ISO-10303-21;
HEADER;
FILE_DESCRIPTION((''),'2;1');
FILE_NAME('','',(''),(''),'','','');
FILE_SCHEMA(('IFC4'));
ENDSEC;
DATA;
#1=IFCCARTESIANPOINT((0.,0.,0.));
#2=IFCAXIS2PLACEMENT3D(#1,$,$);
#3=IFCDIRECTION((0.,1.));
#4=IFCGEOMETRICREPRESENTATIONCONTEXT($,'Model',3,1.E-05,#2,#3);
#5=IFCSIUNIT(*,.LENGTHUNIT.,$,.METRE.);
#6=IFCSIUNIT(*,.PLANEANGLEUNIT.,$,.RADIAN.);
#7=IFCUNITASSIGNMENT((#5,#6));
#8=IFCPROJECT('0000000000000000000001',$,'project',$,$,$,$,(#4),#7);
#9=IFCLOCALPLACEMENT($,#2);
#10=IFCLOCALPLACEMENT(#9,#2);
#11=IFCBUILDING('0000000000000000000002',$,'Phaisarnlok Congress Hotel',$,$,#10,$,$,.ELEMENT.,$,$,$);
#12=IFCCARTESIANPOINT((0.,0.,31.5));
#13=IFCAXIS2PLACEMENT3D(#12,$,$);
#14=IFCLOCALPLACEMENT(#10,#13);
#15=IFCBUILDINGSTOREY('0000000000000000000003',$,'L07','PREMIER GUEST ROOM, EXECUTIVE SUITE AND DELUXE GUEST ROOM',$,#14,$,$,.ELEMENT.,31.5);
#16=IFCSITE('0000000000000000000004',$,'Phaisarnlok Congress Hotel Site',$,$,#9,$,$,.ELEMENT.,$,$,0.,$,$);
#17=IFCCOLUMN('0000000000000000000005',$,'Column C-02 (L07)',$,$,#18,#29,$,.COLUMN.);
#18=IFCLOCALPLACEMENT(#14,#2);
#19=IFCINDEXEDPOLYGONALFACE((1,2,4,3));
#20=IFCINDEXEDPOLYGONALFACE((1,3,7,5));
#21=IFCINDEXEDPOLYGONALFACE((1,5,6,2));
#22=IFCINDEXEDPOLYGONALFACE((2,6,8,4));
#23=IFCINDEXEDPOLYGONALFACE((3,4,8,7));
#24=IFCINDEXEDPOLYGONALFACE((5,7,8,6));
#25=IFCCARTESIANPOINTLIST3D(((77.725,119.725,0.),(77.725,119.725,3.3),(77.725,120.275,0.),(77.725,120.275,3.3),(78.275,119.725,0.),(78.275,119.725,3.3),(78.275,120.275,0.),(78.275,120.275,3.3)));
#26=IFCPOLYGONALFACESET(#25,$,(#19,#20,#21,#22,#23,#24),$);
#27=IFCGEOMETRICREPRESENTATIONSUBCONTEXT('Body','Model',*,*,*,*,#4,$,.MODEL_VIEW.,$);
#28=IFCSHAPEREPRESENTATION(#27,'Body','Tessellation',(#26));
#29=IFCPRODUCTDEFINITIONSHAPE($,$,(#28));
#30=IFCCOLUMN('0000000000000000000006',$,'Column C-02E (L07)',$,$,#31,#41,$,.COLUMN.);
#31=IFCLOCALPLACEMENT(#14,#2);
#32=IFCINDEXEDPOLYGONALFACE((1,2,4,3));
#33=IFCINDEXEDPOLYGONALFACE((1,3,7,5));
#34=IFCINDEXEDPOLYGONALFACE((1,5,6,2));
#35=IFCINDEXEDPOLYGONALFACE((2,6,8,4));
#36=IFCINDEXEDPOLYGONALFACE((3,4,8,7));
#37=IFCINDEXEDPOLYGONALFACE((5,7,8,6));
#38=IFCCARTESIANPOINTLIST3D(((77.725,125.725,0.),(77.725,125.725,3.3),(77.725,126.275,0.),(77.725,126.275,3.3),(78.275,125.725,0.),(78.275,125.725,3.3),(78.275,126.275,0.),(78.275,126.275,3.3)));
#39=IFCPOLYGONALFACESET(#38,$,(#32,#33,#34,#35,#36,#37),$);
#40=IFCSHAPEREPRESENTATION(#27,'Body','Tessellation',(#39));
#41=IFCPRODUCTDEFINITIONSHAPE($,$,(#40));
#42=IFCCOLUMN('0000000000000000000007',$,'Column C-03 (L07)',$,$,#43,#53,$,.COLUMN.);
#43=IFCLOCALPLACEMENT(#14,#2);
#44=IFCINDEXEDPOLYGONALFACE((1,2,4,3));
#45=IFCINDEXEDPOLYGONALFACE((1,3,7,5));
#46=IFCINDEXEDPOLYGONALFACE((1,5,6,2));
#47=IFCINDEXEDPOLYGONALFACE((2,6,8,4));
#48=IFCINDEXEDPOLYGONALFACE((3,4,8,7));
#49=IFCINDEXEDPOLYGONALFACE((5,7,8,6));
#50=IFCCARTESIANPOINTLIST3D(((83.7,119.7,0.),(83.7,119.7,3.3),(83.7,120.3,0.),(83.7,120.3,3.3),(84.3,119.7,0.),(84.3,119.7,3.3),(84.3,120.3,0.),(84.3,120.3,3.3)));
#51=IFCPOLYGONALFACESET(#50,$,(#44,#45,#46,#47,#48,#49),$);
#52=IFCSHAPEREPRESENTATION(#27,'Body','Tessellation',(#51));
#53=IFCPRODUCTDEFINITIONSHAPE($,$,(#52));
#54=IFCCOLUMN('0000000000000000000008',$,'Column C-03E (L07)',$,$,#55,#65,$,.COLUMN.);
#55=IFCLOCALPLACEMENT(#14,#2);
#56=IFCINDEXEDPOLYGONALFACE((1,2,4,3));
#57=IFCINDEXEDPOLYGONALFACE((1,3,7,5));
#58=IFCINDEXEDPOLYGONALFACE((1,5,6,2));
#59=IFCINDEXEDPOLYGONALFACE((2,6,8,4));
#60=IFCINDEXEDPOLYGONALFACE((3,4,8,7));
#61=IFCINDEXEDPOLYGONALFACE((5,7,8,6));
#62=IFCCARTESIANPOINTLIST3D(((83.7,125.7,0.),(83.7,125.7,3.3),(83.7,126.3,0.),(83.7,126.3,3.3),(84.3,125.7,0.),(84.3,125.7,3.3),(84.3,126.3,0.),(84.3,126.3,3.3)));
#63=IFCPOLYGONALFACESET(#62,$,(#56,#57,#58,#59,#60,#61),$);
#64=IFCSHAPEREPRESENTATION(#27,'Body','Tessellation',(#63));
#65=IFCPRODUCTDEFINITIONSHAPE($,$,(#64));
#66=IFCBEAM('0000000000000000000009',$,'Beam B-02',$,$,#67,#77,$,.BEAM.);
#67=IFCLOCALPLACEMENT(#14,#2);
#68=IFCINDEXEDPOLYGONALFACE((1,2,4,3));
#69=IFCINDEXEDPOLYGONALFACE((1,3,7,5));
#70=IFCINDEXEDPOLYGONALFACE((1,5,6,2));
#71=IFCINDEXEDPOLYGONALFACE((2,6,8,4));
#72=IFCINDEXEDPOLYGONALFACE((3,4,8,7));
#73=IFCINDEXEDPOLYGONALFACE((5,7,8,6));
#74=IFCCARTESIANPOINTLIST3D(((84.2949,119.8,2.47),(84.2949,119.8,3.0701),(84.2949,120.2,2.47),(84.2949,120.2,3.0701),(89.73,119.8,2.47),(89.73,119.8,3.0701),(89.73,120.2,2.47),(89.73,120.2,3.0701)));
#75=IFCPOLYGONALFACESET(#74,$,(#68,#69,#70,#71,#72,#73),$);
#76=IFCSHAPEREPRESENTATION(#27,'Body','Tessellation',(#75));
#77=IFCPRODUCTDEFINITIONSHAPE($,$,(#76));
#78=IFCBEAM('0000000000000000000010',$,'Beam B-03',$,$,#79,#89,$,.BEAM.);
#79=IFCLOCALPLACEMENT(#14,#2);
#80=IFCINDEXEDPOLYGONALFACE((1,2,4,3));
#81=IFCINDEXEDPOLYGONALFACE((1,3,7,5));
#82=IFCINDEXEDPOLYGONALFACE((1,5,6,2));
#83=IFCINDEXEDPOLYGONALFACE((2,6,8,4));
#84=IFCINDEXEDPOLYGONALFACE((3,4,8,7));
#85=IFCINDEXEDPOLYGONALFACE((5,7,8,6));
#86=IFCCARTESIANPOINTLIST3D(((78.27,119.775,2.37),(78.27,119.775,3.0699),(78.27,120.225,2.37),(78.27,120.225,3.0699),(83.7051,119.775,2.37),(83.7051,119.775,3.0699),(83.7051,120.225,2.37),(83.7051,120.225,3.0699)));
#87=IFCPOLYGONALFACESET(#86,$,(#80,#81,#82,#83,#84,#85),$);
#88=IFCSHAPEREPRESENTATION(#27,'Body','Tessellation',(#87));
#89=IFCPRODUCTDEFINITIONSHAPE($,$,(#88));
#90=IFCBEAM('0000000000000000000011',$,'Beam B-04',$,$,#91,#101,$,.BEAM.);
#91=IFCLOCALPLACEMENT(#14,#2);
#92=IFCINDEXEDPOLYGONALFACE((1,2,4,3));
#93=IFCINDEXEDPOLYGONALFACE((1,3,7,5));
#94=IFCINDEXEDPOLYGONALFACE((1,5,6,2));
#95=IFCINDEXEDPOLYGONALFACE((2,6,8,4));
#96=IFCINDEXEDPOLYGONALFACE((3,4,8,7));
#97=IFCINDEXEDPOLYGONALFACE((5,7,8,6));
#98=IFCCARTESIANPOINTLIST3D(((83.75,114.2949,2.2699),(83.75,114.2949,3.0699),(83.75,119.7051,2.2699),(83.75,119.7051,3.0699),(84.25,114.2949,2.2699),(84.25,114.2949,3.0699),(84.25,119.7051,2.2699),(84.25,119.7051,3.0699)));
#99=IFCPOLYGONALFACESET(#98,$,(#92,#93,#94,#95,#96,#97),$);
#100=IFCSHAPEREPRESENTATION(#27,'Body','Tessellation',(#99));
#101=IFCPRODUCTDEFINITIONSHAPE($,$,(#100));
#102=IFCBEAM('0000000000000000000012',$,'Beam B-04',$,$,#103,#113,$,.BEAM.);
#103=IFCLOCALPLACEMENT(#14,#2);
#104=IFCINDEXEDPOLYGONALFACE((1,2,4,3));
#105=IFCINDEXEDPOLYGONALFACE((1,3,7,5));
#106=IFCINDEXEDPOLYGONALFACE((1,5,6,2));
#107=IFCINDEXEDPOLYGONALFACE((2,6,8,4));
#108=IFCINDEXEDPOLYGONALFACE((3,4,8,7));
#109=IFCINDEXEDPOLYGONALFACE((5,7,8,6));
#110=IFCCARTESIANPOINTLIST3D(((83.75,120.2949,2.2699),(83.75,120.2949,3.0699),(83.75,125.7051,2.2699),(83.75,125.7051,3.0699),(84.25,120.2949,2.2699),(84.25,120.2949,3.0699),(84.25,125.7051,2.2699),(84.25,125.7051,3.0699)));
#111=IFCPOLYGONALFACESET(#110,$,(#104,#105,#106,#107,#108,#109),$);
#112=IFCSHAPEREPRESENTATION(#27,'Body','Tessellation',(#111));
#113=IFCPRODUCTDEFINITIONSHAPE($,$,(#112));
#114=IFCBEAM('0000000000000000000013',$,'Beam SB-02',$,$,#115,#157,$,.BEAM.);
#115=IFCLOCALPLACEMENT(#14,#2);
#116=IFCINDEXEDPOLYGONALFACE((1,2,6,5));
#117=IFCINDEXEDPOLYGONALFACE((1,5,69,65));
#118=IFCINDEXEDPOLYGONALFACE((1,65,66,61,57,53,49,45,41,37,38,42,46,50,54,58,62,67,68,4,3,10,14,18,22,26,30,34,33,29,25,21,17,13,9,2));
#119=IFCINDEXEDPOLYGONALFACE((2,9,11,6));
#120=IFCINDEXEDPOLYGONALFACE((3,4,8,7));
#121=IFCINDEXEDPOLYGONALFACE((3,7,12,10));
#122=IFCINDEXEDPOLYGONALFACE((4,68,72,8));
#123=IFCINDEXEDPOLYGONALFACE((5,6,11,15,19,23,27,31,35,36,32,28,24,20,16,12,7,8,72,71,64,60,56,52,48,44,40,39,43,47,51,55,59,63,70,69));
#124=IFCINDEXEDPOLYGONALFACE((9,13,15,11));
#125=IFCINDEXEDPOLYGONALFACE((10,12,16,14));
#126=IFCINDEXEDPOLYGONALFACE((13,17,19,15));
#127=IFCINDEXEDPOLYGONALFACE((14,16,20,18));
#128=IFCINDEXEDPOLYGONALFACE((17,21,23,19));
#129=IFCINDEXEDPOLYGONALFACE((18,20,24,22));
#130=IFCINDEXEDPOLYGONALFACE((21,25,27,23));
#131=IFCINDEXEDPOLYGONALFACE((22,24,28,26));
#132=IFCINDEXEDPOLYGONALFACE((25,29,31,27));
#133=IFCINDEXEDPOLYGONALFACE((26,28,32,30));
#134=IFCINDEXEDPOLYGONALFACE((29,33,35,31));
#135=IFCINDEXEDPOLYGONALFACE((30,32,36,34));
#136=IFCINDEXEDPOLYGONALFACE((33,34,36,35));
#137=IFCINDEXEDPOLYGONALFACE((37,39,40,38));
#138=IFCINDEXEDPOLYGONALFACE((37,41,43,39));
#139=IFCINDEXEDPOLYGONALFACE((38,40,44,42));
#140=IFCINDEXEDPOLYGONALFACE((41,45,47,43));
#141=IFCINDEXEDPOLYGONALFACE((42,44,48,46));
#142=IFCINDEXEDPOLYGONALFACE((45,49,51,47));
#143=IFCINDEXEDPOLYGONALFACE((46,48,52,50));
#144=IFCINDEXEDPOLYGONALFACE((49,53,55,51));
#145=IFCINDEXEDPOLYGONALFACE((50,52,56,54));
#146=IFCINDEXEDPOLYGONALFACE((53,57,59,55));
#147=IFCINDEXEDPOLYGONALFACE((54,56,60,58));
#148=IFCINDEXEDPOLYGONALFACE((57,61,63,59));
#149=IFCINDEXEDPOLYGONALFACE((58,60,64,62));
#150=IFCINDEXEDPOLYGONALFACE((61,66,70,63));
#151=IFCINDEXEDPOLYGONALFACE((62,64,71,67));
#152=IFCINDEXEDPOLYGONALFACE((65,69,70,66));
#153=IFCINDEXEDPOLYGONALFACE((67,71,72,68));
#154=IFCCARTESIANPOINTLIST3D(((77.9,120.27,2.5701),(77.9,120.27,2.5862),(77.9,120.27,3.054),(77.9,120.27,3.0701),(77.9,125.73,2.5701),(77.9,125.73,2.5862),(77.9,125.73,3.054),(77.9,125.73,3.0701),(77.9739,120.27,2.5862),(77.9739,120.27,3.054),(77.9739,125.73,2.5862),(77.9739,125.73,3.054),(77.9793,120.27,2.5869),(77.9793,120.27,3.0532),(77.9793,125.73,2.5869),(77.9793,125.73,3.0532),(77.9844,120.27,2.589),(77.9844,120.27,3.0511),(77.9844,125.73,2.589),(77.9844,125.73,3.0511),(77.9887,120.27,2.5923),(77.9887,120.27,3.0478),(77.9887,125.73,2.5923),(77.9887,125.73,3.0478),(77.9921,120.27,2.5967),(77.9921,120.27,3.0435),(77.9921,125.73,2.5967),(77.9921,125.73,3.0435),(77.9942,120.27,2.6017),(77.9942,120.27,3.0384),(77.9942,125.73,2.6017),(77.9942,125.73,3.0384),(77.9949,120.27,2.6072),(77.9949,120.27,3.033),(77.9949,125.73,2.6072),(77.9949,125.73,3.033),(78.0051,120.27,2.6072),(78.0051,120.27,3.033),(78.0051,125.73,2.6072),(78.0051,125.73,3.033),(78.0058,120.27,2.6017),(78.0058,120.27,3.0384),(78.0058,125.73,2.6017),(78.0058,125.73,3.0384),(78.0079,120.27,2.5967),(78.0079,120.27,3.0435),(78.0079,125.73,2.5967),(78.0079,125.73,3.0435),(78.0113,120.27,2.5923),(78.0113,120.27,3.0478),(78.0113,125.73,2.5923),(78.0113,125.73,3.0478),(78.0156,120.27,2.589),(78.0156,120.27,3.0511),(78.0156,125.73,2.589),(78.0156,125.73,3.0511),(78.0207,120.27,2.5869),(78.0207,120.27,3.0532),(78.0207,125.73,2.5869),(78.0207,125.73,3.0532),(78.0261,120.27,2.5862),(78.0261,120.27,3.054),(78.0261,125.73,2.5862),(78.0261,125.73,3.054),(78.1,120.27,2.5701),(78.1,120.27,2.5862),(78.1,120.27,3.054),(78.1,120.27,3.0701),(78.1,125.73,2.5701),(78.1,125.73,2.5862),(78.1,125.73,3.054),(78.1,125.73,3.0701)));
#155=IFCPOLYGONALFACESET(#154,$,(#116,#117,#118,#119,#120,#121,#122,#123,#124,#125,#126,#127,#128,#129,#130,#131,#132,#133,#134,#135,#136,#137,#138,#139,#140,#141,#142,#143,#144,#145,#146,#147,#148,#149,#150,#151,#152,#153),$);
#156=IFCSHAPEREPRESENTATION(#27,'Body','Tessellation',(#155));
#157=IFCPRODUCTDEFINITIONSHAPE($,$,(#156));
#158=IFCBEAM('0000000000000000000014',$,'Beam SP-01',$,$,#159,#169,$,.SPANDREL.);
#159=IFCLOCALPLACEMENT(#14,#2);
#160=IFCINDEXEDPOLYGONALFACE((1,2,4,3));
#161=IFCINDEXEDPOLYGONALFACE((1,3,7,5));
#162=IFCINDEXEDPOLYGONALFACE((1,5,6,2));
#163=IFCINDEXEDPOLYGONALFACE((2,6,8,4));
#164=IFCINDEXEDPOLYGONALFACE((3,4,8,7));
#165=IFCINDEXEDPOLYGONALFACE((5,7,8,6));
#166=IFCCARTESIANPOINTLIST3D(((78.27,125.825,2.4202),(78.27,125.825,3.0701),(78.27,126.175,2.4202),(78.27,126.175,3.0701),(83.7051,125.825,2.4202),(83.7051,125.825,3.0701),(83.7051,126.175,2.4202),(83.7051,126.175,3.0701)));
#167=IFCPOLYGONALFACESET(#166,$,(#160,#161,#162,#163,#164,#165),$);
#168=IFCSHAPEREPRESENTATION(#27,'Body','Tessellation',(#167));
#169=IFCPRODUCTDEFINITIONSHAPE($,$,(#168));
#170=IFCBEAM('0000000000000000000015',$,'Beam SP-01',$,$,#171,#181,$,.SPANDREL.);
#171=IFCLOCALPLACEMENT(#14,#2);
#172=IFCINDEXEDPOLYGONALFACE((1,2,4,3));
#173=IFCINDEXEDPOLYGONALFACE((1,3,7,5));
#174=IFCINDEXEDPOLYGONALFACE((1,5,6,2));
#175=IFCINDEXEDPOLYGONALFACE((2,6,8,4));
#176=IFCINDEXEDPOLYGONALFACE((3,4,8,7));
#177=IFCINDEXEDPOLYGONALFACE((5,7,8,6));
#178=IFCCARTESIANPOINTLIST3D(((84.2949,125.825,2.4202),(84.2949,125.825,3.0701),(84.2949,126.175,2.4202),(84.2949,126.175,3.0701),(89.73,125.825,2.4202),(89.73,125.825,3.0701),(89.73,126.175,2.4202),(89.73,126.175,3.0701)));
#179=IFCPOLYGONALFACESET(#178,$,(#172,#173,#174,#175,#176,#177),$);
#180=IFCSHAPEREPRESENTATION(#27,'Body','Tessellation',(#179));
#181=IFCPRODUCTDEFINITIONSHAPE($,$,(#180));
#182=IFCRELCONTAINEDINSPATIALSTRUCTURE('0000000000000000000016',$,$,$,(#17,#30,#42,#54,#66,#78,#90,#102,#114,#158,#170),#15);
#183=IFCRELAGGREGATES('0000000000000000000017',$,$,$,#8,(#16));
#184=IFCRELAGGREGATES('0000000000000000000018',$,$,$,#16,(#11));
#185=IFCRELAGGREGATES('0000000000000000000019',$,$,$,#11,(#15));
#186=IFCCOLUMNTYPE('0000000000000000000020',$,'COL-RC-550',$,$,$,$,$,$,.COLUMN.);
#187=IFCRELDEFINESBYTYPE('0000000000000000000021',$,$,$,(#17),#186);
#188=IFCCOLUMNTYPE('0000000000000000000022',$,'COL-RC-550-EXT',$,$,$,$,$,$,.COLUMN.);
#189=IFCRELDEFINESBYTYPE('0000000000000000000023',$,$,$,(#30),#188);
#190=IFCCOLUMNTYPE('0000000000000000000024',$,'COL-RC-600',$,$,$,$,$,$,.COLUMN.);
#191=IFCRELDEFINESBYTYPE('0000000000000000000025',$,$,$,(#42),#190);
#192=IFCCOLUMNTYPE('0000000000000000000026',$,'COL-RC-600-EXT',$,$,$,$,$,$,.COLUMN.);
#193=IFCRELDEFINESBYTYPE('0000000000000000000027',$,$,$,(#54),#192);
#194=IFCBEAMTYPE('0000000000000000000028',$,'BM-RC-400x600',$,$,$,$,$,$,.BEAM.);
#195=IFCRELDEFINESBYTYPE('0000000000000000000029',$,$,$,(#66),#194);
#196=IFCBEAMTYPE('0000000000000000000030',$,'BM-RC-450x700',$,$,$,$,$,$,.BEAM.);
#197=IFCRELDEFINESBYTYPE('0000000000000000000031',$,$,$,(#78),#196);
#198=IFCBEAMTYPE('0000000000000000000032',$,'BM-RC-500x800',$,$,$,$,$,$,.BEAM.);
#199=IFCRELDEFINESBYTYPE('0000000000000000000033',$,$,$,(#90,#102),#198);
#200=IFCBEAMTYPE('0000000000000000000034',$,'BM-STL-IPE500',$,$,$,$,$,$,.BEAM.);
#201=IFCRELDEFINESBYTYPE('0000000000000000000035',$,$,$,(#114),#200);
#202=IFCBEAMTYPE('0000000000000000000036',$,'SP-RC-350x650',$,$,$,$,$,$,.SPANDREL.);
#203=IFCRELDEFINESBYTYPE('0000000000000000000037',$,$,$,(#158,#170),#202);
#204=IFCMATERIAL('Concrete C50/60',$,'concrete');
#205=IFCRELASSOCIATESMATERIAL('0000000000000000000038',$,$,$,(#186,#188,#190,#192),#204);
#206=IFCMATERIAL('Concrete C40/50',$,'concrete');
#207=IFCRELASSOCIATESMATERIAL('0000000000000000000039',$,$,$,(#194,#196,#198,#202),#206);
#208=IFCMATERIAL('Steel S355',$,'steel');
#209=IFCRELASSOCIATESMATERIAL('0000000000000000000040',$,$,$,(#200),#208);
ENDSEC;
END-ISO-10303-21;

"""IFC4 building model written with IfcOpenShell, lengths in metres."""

from ifc_helpers import new_model, si_unit, direction, frame, origin, origin_2d, place, context, subcontext, project, spatial, rectangle, i_section, extrude, material, material_profile, profile_set, type_object, element, save


model = new_model("IFC4")

# Units and contexts
model_context = context("Model", 3, precision=1e-05, world=origin(), true_north=direction((0.0, 1.0)))
body_context = subcontext(model_context, "Body", "Model", "MODEL_VIEW")
ifc_project = project(units=[si_unit("LENGTHUNIT", "METRE"), si_unit("PLANEANGLEUNIT", "RADIAN")], contexts=[model_context])

# Site, building, storey
site_placement = place(None, origin())
site = spatial("IfcSite", under=ifc_project, at=site_placement, Name="Phaisarnlok Congress Hotel Site", CompositionType="ELEMENT", RefElevation=0.0)
building_placement = place(site_placement, origin())
building = spatial("IfcBuilding", under=site, at=building_placement, Name="Phaisarnlok Congress Hotel", CompositionType="ELEMENT")
storey_placement = place(building_placement, frame((0.0, 0.0, 31.5)))
storey = spatial("IfcBuildingStorey", under=building, at=storey_placement, Name="L07", Description="PREMIER GUEST ROOM, EXECUTIVE SUITE AND DELUXE GUEST ROOM", CompositionType="ELEMENT", Elevation=31.5)

# Columns
ifc_material_1 = material(Name="Concrete C50/60", Category="concrete")
ifc_material_profile_1 = material_profile(ifc_material_1, rectangle(XDim=0.55, YDim=0.55, at=origin_2d()), Name="RC 550x550")
ifc_profile_set_1 = profile_set([ifc_material_profile_1], Name="Concrete C50/60")
column_type_1 = type_object("IfcColumnType", Name="COL-RC-550", PredefinedType="COLUMN", material=ifc_profile_set_1)
column_1_placement = place(storey_placement, frame((78.0, 120.0, 0.0), z_axis=(0.0, 0.0, 1.0), x_axis=(1.0, 0.0, 0.0)))
element("IfcColumn", 1, at=column_1_placement, inside=storey, type_object=column_type_1, Name="Column C-02 (L07)", PredefinedType="COLUMN", context=body_context, shape_type="SweptSolid", body=[
    extrude(rectangle(XDim=0.55, YDim=0.55, at=origin_2d()), origin(), (0.0, 0.0, 1.0), 3.3),
])
ifc_material_profile_2 = material_profile(ifc_material_1, rectangle(XDim=0.55, YDim=0.55, at=origin_2d()), Name="RC 550x550")
ifc_profile_set_2 = profile_set([ifc_material_profile_2], Name="Concrete C50/60")
column_type_2 = type_object("IfcColumnType", Name="COL-RC-550-EXT", PredefinedType="COLUMN", material=ifc_profile_set_2)
column_2_placement = place(storey_placement, frame((78.0, 126.0, 0.0), z_axis=(0.0, 0.0, 1.0), x_axis=(1.0, 0.0, 0.0)))
element("IfcColumn", 2, at=column_2_placement, inside=storey, type_object=column_type_2, Name="Column C-02E (L07)", PredefinedType="COLUMN", context=body_context, shape_type="SweptSolid", body=[
    extrude(rectangle(XDim=0.55, YDim=0.55, at=origin_2d()), origin(), (0.0, 0.0, 1.0), 3.3),
])
ifc_material_profile_3 = material_profile(ifc_material_1, rectangle(XDim=0.6001, YDim=0.6001, at=origin_2d()), Name="RC 600x600")
ifc_profile_set_3 = profile_set([ifc_material_profile_3], Name="Concrete C50/60")
column_type_3 = type_object("IfcColumnType", Name="COL-RC-600", PredefinedType="COLUMN", material=ifc_profile_set_3)
column_3_placement = place(storey_placement, frame((84.0, 120.0, 0.0), z_axis=(0.0, 0.0, 1.0), x_axis=(1.0, 0.0, 0.0)))
element("IfcColumn", 3, at=column_3_placement, inside=storey, type_object=column_type_3, Name="Column C-03 (L07)", PredefinedType="COLUMN", context=body_context, shape_type="SweptSolid", body=[
    extrude(rectangle(XDim=0.6001, YDim=0.6001, at=origin_2d()), origin(), (0.0, 0.0, 1.0), 3.3),
])
ifc_material_profile_4 = material_profile(ifc_material_1, rectangle(XDim=0.6001, YDim=0.6001, at=origin_2d()), Name="RC 600x600")
ifc_profile_set_4 = profile_set([ifc_material_profile_4], Name="Concrete C50/60")
column_type_4 = type_object("IfcColumnType", Name="COL-RC-600-EXT", PredefinedType="COLUMN", material=ifc_profile_set_4)
column_4_placement = place(storey_placement, frame((84.0, 126.0, 0.0), z_axis=(0.0, 0.0, 1.0), x_axis=(1.0, 0.0, 0.0)))
element("IfcColumn", 4, at=column_4_placement, inside=storey, type_object=column_type_4, Name="Column C-03E (L07)", PredefinedType="COLUMN", context=body_context, shape_type="SweptSolid", body=[
    extrude(rectangle(XDim=0.6001, YDim=0.6001, at=origin_2d()), origin(), (0.0, 0.0, 1.0), 3.3),
])

# Beams
ifc_material_2 = material(Name="Concrete C40/50", Category="concrete")
ifc_material_profile_5 = material_profile(ifc_material_2, rectangle(XDim=0.3999, YDim=0.6001, at=origin_2d()), Name="RC 400x600")
ifc_profile_set_5 = profile_set([ifc_material_profile_5], Name="Concrete C40/50")
beam_type_1 = type_object("IfcBeamType", Name="BM-RC-400x600", PredefinedType="BEAM", material=ifc_profile_set_5)
beam_1_placement = place(storey_placement, frame((84.2949, 120.0, 2.77), z_axis=(1.0, 0.0, 0.0), x_axis=(0.0, 1.0, 0.0)))
element("IfcBeam", 5, at=beam_1_placement, inside=storey, type_object=beam_type_1, Name="Beam B-02", PredefinedType="BEAM", context=body_context, shape_type="SweptSolid", body=[
    extrude(rectangle(XDim=0.3999, YDim=0.6001, at=origin_2d()), origin(), (0.0, 0.0, 1.0), 5.4351),
])
ifc_material_profile_6 = material_profile(ifc_material_2, rectangle(XDim=0.45, YDim=0.7, at=origin_2d()), Name="RC 450x700")
ifc_profile_set_6 = profile_set([ifc_material_profile_6], Name="Concrete C40/50")
beam_type_2 = type_object("IfcBeamType", Name="BM-RC-450x700", PredefinedType="BEAM", material=ifc_profile_set_6)
beam_2_placement = place(storey_placement, frame((78.27, 120.0, 2.72), z_axis=(1.0, 0.0, 0.0), x_axis=(0.0, 1.0, 0.0)))
element("IfcBeam", 6, at=beam_2_placement, inside=storey, type_object=beam_type_2, Name="Beam B-03", PredefinedType="BEAM", context=body_context, shape_type="SweptSolid", body=[
    extrude(rectangle(XDim=0.45, YDim=0.7, at=origin_2d()), origin(), (0.0, 0.0, 1.0), 5.4351),
])
ifc_material_profile_7 = material_profile(ifc_material_2, rectangle(XDim=0.5, YDim=0.8, at=origin_2d()), Name="RC 500x800")
ifc_profile_set_7 = profile_set([ifc_material_profile_7], Name="Concrete C40/50")
beam_type_3 = type_object("IfcBeamType", Name="BM-RC-500x800", PredefinedType="BEAM", material=ifc_profile_set_7)
for number, where, z_axis, x_axis, name in (
    (7, (84.0, 114.2949, 2.6699), (0.0, 1.0, 0.0), (-1.0, 0.0, 0.0), "Beam B-04"),
    (8, (84.0, 120.2949, 2.6699), (0.0, 1.0, 0.0), (-1.0, 0.0, 0.0), "Beam B-04"),
):
    element("IfcBeam", number, at=place(storey_placement, frame(where, z_axis=z_axis, x_axis=x_axis)), inside=storey, type_object=beam_type_3, Name=name, PredefinedType="BEAM", context=body_context, shape_type="SweptSolid", body=[
        extrude(rectangle(XDim=0.5, YDim=0.8, at=origin_2d()), origin(), (0.0, 0.0, 1.0), 5.4102),
    ])
ifc_material_3 = material(Name="Steel S355", Category="steel")
ifc_material_profile_8 = material_profile(ifc_material_3, i_section(OverallWidth=0.2, OverallDepth=0.5, WebThickness=0.0103, FlangeThickness=0.0161, FilletRadius=0.021, at=origin_2d()), Name="IPE 500")
ifc_profile_set_8 = profile_set([ifc_material_profile_8], Name="Steel S355")
beam_type_4 = type_object("IfcBeamType", Name="BM-STL-IPE500", PredefinedType="BEAM", material=ifc_profile_set_8)
beam_3_placement = place(storey_placement, frame((78.0, 120.27, 2.8201), z_axis=(0.0, 1.0, 0.0), x_axis=(-1.0, 0.0, 0.0)))
element("IfcBeam", 9, at=beam_3_placement, inside=storey, type_object=beam_type_4, Name="Beam SB-02", PredefinedType="BEAM", context=body_context, shape_type="SweptSolid", body=[
    extrude(i_section(OverallWidth=0.2, OverallDepth=0.5, WebThickness=0.0103, FlangeThickness=0.0161, FilletRadius=0.021, at=origin_2d()), origin(), (0.0, 0.0, 1.0), 5.46),
])
ifc_material_profile_9 = material_profile(ifc_material_2, rectangle(XDim=0.3501, YDim=0.6499, at=origin_2d()), Name="RC 350x650")
ifc_profile_set_9 = profile_set([ifc_material_profile_9], Name="Concrete C40/50")
beam_type_5 = type_object("IfcBeamType", Name="SP-RC-350x650", PredefinedType="SPANDREL", material=ifc_profile_set_9)
for number, where, z_axis, x_axis, name in (
    (10, (78.27, 126.0, 2.7451), (1.0, 0.0, 0.0), (0.0, 1.0, 0.0), "Beam SP-01"),
    (11, (84.2949, 126.0, 2.7451), (1.0, 0.0, 0.0), (0.0, 1.0, 0.0), "Beam SP-01"),
):
    element("IfcBeam", number, at=place(storey_placement, frame(where, z_axis=z_axis, x_axis=x_axis)), inside=storey, type_object=beam_type_5, Name=name, PredefinedType="SPANDREL", context=body_context, shape_type="SweptSolid", body=[
        extrude(rectangle(XDim=0.3501, YDim=0.6499, at=origin_2d()), origin(), (0.0, 0.0, 1.0), 5.4351),
    ])

save(model, "model.ifc")
